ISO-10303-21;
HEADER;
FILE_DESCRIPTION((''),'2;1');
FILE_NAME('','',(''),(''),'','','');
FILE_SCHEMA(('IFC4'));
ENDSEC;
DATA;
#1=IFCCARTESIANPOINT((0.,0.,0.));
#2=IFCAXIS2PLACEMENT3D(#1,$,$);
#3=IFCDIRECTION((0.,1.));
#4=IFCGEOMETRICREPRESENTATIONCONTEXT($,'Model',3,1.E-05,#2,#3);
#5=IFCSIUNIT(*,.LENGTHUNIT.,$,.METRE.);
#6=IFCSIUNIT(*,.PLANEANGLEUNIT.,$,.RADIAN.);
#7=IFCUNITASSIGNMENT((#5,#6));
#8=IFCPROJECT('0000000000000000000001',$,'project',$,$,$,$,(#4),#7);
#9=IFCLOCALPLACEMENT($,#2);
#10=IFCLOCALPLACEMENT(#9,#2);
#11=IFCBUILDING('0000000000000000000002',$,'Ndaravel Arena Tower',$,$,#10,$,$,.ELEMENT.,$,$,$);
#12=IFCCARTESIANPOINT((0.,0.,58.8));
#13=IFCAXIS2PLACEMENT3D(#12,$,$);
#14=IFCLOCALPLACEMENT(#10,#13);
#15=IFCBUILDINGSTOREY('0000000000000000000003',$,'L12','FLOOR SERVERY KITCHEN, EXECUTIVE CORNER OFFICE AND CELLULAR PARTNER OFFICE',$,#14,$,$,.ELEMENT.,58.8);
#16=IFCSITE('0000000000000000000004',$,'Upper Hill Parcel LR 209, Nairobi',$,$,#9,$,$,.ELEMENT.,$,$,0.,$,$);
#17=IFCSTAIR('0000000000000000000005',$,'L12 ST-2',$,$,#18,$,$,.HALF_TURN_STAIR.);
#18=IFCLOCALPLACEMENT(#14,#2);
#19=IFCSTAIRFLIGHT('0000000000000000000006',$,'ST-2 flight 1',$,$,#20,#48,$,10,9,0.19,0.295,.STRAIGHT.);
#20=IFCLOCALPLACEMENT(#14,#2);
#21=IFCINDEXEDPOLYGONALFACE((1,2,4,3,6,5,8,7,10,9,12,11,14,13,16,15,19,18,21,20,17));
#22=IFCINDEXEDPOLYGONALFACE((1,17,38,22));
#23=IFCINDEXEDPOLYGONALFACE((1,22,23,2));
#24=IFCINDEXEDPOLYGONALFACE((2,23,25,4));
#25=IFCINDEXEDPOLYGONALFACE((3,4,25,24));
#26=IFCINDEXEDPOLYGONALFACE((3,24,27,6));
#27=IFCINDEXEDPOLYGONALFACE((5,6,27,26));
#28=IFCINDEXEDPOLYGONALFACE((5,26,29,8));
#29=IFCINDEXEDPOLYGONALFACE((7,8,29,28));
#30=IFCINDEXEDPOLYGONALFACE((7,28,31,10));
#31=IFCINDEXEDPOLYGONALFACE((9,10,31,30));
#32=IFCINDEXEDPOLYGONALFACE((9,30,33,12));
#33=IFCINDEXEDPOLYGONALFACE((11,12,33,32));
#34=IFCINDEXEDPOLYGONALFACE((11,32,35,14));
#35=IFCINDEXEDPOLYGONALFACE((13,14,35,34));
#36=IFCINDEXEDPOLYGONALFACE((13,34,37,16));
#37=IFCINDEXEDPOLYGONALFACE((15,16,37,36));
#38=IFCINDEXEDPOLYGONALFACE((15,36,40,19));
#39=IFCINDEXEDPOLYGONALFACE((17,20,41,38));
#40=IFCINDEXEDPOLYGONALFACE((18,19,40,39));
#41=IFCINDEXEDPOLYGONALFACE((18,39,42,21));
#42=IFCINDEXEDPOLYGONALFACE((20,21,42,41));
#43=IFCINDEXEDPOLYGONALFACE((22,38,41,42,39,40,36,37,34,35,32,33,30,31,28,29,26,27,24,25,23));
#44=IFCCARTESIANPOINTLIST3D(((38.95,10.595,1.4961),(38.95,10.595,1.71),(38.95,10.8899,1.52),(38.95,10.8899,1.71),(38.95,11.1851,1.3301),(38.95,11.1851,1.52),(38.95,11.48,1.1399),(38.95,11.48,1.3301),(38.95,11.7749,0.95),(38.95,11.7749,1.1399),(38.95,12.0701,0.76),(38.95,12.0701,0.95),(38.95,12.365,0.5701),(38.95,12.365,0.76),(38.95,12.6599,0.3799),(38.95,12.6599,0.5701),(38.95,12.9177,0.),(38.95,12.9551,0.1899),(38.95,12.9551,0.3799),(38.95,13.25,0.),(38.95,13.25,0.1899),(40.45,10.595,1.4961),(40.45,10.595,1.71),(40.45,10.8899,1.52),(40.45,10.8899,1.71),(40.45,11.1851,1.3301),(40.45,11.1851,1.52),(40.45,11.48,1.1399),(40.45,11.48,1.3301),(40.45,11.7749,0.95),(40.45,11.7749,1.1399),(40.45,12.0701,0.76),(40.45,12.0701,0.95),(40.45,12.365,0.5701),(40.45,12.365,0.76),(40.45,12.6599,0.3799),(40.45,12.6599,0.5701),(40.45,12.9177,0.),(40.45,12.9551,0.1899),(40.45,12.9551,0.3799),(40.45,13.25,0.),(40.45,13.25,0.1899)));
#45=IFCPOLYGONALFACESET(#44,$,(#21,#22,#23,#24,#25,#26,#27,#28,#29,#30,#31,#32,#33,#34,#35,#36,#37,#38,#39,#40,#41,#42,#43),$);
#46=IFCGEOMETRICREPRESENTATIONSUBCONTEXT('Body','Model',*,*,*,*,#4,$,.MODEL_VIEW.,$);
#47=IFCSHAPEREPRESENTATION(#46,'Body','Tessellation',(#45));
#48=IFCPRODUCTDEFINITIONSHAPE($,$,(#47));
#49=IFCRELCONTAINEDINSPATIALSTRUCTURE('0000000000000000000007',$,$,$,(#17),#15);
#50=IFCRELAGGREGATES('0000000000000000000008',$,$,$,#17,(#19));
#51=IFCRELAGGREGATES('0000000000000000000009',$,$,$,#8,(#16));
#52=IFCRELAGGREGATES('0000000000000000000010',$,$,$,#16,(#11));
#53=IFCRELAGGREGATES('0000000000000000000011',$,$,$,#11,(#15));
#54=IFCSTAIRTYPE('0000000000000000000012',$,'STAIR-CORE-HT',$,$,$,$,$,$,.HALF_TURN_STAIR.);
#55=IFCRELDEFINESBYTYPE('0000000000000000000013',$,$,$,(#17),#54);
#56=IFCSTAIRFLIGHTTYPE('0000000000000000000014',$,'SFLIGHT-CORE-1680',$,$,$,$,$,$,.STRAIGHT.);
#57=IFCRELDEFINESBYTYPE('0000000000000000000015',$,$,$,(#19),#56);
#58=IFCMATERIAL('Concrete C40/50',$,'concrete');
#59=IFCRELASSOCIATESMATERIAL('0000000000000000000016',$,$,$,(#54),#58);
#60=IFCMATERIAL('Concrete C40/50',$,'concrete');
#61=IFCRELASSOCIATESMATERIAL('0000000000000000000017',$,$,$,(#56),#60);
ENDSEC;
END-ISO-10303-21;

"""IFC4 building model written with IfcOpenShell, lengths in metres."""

from ifc_helpers import new_model, si_unit, direction, frame, origin, place, context, subcontext, project, spatial, polyline, outline, extrude, material, type_object, element, aggregate, save


model = new_model("IFC4")

# Units and contexts
model_context = context("Model", 3, precision=1e-05, world=origin(), true_north=direction((0.0, 1.0)))
body_context = subcontext(model_context, "Body", "Model", "MODEL_VIEW")
ifc_project = project(units=[si_unit("LENGTHUNIT", "METRE"), si_unit("PLANEANGLEUNIT", "RADIAN")], contexts=[model_context])

# Site, building, storey
site_placement = place(None, origin())
site = spatial("IfcSite", under=ifc_project, at=site_placement, Name="Upper Hill Parcel LR 209, Nairobi", CompositionType="ELEMENT", RefElevation=0.0)
building_placement = place(site_placement, origin())
building = spatial("IfcBuilding", under=site, at=building_placement, Name="Ndaravel Arena Tower", CompositionType="ELEMENT")
storey_placement = place(building_placement, frame((0.0, 0.0, 58.8)))
storey = spatial("IfcBuildingStorey", under=building, at=storey_placement, Name="L12", Description="FLOOR SERVERY KITCHEN, EXECUTIVE CORNER OFFICE AND CELLULAR PARTNER OFFICE", CompositionType="ELEMENT", Elevation=58.8)

# Stair, stair flight
ifc_material_1 = material(Name="Concrete C40/50", Category="concrete")
stair_type = type_object("IfcStairType", Name="STAIR-CORE-HT", PredefinedType="HALF_TURN_STAIR", material=ifc_material_1)
stair_placement = place(storey_placement, origin())
stair = element("IfcStair", 1, at=stair_placement, inside=storey, type_object=stair_type, Name="L12 ST-2", PredefinedType="HALF_TURN_STAIR")
ifc_material_2 = material(Name="Concrete C40/50", Category="concrete")
stair_flight_type = type_object("IfcStairFlightType", Name="SFLIGHT-CORE-1680", PredefinedType="STRAIGHT", material=ifc_material_2)
stair_flight_placement = place(storey_placement, frame((39.7, 13.25, 0.0), z_axis=(0.0, 0.0, 1.0), x_axis=(0.0, -1.0, 0.0)))
stair_flight = element("IfcStairFlight", 2, at=stair_flight_placement, type_object=stair_flight_type, Name="ST-2 flight 1", NumberOfRisers=10, NumberOfTreads=9, PredefinedType="STRAIGHT", RiserHeight=0.19, TreadLength=0.295, context=body_context, shape_type="SweptSolid", body=[
    extrude(outline(polyline([(0.0, 0.0), (0.0, 0.1899), (0.2949, 0.1899), (0.2949, 0.3799), (0.5901, 0.3799), (0.5901, 0.5701), (0.885, 0.5701), (0.885, 0.76), (1.1799, 0.76), (1.1799, 0.95), (1.4751, 0.95), (1.4751, 1.1399), (1.77, 1.1399), (1.77, 1.3301), (2.0649, 1.3301), (2.0649, 1.52), (2.3601, 1.52), (2.3601, 1.71), (2.655, 1.71), (2.655, 1.8999), (2.655, 1.4961), (0.3323, 0.0), (0.0, 0.0)])), frame((0.0, 0.75, 0.0), z_axis=(0.0, -1.0, 0.0), x_axis=(1.0, 0.0, 0.0)), (0.0, 0.0, 1.0), 1.5),
])
aggregate(stair, [stair_flight])

save(model, "model.ifc")
